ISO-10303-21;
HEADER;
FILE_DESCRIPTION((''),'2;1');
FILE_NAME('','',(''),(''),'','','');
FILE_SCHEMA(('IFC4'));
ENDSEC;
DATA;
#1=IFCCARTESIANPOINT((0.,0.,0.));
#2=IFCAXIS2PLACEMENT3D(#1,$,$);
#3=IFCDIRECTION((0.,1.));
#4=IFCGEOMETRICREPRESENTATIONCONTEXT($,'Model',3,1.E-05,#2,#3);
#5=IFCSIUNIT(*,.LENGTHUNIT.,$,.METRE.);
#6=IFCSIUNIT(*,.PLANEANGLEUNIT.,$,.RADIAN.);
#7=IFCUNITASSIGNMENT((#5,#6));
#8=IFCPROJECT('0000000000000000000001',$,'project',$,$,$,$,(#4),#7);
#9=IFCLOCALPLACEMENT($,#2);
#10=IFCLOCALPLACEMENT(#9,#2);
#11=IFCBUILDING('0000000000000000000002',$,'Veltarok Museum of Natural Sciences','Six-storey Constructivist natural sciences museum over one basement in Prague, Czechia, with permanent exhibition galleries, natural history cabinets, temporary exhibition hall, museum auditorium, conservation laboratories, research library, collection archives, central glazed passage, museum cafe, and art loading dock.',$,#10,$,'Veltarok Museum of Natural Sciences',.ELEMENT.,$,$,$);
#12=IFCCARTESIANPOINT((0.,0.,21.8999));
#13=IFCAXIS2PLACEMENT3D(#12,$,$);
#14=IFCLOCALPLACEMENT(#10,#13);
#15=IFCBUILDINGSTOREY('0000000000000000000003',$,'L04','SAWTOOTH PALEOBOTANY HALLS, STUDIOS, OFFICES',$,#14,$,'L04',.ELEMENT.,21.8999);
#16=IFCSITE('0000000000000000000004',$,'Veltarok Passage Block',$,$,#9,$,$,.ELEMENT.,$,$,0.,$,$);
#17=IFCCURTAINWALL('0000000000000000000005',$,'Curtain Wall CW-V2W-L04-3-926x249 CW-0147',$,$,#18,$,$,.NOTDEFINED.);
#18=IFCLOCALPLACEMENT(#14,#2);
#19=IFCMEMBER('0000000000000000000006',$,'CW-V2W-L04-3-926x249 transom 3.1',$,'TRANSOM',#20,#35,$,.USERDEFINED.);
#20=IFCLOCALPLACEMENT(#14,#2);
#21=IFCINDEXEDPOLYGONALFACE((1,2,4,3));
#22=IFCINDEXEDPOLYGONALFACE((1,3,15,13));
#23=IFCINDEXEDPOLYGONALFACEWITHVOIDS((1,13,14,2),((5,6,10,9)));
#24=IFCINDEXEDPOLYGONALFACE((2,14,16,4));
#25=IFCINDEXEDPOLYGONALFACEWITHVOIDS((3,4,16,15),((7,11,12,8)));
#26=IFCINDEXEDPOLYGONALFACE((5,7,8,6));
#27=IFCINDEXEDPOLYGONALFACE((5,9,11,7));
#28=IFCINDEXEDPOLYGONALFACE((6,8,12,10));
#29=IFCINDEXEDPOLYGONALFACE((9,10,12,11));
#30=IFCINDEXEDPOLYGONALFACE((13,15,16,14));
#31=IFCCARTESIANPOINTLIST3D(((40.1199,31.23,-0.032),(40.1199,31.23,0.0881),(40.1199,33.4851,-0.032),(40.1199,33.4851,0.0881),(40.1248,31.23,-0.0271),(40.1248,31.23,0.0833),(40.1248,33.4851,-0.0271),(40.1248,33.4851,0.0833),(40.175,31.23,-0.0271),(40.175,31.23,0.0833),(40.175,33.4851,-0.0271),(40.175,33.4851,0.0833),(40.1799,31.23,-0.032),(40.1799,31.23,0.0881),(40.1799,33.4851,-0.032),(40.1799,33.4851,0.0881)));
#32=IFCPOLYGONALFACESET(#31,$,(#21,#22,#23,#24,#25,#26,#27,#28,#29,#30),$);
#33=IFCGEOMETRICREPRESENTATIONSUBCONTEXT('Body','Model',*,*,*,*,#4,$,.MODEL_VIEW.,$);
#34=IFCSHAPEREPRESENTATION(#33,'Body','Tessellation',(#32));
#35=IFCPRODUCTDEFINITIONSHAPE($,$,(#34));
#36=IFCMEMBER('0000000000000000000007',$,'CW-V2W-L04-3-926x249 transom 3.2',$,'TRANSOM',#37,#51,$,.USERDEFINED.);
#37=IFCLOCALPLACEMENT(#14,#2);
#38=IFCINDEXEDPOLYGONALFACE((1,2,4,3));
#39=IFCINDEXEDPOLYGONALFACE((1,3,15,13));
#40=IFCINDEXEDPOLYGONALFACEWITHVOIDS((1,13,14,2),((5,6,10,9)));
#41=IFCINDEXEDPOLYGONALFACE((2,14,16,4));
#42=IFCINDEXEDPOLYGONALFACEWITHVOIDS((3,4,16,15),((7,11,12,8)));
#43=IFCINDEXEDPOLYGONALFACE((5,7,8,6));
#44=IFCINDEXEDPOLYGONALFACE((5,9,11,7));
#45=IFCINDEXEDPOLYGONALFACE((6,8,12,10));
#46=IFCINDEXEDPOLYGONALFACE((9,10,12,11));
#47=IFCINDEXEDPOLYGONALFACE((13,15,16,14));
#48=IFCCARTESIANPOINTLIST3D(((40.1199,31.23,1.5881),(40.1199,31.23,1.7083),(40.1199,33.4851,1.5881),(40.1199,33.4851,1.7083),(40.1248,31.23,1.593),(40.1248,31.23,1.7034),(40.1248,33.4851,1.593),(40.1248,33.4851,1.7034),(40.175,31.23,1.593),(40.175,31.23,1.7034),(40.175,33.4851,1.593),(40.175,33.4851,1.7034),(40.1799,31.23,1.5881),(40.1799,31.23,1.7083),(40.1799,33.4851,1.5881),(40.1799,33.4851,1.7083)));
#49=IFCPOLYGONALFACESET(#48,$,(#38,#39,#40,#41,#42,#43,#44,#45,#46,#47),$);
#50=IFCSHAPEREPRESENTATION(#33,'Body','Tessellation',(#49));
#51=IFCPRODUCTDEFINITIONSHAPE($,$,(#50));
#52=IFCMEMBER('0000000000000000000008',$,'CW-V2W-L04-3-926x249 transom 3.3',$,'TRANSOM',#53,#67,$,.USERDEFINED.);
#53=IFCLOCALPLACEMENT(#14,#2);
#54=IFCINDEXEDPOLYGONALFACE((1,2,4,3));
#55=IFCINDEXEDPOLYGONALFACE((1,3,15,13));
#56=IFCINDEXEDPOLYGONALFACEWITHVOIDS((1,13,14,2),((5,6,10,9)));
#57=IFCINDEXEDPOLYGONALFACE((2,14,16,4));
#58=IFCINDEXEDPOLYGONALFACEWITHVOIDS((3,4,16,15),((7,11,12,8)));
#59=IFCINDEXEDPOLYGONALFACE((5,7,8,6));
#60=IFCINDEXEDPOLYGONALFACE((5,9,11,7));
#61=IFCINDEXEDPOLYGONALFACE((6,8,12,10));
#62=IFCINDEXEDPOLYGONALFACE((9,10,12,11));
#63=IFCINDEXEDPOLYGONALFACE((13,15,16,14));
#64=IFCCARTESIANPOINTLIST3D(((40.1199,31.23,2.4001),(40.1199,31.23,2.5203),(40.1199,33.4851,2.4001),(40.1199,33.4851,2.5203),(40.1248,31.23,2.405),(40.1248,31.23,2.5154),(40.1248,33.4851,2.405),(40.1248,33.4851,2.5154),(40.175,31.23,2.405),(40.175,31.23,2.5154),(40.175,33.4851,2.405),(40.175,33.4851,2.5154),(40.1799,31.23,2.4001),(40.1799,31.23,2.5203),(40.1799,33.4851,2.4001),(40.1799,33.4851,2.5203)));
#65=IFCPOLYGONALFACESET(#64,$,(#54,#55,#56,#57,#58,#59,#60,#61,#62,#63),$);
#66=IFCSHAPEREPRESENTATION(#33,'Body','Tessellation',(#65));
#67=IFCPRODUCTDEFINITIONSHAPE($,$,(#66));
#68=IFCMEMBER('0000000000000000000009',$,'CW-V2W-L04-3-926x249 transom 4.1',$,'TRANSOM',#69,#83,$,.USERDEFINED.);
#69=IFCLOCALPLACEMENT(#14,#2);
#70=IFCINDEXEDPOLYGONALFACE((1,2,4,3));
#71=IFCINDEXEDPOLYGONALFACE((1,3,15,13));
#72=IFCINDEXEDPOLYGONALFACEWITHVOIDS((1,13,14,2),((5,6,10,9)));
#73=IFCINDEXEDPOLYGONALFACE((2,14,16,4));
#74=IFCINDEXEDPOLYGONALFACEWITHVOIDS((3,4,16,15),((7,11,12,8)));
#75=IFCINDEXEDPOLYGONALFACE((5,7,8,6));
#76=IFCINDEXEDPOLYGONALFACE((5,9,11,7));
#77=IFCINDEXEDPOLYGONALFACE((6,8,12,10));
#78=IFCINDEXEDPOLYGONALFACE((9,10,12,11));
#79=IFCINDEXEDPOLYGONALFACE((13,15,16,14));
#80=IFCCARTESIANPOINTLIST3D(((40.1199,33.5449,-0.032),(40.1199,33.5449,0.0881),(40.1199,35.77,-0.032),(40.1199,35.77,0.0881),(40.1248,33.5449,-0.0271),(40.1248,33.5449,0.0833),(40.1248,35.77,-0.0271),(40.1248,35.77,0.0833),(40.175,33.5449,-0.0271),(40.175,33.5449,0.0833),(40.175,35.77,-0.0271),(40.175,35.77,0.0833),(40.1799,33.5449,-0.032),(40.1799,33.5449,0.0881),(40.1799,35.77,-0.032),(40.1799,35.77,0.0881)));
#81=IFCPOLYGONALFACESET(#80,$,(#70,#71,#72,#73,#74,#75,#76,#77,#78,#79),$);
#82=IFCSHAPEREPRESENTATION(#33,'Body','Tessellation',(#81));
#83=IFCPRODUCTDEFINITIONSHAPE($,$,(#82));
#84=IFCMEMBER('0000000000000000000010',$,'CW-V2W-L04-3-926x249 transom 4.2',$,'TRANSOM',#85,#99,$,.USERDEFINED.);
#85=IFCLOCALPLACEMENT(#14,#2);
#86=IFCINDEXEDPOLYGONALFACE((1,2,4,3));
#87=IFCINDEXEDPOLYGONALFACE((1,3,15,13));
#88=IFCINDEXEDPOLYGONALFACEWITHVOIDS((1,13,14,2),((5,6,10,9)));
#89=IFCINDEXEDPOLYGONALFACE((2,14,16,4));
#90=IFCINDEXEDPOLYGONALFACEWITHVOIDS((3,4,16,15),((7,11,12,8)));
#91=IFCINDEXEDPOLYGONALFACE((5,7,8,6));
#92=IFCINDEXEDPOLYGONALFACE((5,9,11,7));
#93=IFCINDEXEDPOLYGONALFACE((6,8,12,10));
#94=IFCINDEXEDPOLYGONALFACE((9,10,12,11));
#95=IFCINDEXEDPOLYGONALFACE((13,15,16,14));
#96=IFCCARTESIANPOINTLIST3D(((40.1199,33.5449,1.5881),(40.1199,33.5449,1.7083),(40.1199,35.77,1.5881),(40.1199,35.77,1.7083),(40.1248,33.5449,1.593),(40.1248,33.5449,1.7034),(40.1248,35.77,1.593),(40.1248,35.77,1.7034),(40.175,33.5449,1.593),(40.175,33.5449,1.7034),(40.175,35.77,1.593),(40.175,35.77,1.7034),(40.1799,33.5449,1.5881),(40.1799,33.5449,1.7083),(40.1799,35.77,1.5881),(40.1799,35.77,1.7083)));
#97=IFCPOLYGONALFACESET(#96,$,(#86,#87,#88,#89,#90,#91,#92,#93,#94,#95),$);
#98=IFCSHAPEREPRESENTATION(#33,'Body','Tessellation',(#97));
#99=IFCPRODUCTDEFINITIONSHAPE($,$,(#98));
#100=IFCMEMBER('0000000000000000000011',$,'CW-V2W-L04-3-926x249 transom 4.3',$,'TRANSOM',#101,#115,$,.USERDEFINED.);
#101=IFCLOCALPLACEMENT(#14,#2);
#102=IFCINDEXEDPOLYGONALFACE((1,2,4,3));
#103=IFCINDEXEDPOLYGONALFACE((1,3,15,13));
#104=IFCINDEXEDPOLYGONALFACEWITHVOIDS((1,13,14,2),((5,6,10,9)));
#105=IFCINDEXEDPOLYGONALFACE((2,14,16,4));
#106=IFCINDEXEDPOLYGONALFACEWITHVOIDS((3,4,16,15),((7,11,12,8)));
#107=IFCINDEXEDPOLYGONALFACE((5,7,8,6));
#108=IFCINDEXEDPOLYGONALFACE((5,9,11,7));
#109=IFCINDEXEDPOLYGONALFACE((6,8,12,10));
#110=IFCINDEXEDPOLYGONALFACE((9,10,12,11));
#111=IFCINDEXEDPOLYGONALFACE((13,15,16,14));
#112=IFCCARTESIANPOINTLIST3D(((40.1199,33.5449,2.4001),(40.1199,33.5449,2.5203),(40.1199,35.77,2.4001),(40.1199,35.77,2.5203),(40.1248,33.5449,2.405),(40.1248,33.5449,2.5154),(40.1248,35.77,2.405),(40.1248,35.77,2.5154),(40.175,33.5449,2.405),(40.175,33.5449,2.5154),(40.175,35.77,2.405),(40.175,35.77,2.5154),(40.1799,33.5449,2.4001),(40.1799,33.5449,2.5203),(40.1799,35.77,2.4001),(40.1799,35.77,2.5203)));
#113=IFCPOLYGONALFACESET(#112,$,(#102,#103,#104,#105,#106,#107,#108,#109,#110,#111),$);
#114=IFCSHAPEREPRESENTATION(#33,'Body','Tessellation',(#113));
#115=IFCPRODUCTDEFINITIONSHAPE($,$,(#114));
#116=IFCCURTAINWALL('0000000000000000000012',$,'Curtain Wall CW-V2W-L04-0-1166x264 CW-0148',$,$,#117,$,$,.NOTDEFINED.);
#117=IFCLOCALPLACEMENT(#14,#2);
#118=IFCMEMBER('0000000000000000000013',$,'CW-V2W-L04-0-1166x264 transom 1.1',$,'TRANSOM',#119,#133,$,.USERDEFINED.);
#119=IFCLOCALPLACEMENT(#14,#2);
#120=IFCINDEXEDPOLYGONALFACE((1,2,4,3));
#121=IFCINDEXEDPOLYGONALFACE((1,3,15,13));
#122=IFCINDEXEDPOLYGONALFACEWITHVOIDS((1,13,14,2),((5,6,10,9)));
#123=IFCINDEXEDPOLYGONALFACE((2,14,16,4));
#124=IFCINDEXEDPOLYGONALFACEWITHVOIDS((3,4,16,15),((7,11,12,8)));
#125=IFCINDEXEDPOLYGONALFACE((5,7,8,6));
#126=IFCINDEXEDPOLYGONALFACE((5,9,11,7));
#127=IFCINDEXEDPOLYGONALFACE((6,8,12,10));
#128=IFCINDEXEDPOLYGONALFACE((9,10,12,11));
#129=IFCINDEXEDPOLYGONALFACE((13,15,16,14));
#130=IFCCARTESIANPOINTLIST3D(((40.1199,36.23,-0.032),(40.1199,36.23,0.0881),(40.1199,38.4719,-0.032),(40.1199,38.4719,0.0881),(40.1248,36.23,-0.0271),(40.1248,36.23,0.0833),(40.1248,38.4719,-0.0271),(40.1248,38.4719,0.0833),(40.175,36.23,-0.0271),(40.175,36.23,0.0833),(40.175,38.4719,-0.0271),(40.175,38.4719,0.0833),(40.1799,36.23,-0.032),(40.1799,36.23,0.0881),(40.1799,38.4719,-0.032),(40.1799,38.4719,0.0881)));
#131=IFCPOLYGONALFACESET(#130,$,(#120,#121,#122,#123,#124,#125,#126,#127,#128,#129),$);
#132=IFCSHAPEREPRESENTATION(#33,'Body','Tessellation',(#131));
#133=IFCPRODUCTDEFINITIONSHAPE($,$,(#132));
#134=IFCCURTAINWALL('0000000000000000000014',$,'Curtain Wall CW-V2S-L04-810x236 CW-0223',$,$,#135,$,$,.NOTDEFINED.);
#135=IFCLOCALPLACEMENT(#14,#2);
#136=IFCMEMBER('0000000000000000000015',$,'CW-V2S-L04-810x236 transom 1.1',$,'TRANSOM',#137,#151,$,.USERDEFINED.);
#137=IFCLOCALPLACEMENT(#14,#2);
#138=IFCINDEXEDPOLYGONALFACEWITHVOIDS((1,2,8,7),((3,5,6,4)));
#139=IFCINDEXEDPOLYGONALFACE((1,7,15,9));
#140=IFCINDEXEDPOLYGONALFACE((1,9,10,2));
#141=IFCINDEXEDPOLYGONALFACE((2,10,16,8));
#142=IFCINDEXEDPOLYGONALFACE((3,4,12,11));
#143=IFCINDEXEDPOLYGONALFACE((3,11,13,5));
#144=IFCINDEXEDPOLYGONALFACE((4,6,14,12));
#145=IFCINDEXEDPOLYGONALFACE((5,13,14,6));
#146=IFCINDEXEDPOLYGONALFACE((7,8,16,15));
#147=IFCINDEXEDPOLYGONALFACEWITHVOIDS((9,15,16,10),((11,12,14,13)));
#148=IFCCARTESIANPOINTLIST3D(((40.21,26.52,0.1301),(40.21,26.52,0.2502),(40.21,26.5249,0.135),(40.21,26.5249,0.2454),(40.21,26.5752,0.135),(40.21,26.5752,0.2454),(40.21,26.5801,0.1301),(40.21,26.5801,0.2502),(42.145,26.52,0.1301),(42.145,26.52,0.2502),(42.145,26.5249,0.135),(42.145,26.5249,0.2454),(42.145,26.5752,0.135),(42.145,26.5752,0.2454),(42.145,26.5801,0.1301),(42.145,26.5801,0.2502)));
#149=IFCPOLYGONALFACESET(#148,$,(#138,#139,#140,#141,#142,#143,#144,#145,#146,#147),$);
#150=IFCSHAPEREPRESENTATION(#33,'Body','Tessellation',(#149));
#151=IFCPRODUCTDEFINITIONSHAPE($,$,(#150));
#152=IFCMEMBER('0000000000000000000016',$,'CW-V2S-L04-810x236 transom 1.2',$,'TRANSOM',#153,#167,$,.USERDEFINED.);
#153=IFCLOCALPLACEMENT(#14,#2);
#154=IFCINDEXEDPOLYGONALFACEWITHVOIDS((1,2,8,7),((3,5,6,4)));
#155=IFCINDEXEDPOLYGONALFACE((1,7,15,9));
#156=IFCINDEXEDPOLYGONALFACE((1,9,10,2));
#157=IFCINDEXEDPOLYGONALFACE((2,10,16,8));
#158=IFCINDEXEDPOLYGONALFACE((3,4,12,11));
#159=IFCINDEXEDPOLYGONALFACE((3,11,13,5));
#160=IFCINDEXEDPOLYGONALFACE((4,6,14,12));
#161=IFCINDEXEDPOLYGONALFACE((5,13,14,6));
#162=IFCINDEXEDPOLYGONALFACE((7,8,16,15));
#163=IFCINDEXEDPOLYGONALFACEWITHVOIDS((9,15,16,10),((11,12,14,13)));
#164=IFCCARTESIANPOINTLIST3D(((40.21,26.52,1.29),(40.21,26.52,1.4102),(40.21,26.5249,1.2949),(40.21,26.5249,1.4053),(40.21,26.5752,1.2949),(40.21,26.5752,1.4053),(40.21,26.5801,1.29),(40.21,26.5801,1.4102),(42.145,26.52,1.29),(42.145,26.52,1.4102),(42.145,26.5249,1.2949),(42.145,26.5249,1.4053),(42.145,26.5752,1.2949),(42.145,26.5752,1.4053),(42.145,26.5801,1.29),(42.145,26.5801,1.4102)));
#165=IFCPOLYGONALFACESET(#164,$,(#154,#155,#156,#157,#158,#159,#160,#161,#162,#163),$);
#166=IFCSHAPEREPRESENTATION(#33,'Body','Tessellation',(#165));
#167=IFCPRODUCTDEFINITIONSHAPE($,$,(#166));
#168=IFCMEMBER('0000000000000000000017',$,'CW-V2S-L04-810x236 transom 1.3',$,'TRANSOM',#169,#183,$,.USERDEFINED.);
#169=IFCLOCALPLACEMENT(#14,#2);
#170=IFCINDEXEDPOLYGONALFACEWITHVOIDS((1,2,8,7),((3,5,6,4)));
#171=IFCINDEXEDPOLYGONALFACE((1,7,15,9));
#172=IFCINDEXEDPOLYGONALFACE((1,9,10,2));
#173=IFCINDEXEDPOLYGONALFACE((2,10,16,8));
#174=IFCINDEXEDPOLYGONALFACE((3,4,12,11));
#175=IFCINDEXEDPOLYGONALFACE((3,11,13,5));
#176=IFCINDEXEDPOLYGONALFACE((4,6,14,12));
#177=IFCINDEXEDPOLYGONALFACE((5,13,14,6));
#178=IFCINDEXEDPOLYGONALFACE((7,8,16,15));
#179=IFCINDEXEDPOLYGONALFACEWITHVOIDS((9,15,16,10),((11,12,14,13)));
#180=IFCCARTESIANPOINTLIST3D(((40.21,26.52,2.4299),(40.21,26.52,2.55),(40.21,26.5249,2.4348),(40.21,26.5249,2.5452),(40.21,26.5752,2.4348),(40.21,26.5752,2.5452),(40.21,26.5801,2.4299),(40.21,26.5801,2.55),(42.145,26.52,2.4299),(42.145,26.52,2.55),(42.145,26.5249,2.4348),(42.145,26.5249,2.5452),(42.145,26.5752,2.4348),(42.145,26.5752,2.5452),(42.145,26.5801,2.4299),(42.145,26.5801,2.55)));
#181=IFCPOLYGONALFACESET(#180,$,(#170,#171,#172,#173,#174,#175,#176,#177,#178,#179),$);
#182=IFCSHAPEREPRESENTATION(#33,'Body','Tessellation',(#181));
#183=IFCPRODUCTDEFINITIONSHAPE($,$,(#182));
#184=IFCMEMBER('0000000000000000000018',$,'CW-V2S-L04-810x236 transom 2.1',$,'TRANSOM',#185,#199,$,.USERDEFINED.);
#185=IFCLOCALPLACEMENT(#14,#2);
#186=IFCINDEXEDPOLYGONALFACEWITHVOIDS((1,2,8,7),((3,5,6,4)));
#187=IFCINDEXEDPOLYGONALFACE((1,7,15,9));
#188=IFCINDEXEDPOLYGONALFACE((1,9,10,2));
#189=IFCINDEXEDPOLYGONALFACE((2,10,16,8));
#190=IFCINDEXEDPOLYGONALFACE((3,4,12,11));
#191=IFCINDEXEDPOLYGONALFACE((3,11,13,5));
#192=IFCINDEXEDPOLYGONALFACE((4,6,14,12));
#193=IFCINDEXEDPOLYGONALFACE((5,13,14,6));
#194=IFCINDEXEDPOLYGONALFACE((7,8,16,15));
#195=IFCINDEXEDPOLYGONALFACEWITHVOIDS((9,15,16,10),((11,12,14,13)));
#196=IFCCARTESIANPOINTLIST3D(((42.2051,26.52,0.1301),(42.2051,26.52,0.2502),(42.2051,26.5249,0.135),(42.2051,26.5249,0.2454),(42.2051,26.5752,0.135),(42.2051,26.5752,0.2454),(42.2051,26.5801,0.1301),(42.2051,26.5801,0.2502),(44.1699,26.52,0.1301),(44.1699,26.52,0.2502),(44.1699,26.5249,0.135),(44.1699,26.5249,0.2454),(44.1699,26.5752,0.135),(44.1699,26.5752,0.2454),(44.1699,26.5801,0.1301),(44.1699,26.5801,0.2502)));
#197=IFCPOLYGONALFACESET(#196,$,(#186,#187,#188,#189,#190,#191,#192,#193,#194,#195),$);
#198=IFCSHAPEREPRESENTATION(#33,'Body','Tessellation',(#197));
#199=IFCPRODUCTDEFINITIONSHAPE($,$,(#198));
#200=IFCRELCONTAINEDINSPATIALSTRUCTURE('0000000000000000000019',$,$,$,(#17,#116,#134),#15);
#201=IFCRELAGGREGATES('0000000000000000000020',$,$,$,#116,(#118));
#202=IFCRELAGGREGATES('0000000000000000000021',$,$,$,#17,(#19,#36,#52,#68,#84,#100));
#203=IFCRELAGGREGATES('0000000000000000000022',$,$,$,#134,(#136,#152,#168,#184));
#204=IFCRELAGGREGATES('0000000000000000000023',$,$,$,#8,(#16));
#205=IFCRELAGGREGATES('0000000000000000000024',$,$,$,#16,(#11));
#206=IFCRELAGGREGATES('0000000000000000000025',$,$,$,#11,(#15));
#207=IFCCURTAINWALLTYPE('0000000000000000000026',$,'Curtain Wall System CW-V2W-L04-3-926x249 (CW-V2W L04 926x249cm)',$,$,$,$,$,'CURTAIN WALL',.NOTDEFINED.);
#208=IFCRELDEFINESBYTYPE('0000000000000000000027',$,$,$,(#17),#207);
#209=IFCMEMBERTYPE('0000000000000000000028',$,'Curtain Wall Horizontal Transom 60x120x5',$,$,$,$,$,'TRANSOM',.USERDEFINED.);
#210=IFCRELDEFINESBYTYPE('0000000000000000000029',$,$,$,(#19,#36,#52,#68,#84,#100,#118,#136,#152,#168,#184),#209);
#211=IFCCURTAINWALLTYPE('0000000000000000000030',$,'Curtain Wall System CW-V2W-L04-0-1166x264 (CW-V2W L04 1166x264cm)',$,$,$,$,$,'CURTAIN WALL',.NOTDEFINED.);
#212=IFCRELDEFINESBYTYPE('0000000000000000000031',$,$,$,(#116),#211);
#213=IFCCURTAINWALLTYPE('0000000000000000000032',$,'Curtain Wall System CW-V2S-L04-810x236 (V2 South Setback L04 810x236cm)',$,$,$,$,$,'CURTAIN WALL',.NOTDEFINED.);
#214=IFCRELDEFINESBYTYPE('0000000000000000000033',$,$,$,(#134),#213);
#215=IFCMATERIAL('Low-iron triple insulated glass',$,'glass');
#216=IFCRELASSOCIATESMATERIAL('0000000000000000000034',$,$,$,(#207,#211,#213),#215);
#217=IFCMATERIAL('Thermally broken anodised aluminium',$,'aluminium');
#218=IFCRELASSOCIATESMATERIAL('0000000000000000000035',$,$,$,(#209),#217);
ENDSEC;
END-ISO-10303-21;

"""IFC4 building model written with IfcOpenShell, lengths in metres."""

from ifc_helpers import new_model, si_unit, direction, frame, origin, origin_2d, place, context, subcontext, project, spatial, hollow_rectangle, extrude, material, material_profile, profile_set, type_object, element, aggregate, save


model = new_model("IFC4")

# Units and contexts
model_context = context("Model", 3, precision=1e-05, world=origin(), true_north=direction((0.0, 1.0)))
body_context = subcontext(model_context, "Body", "Model", "MODEL_VIEW")
ifc_project = project(units=[si_unit("LENGTHUNIT", "METRE"), si_unit("PLANEANGLEUNIT", "RADIAN")], contexts=[model_context])

# Site, building, storey
site_placement = place(None, origin())
site = spatial("IfcSite", under=ifc_project, at=site_placement, Name="Veltarok Passage Block", CompositionType="ELEMENT", RefElevation=0.0)
building_placement = place(site_placement, origin())
building = spatial("IfcBuilding", under=site, at=building_placement, Name="Veltarok Museum of Natural Sciences", Description="Six-storey Constructivist natural sciences museum over one basement in Prague, Czechia, with permanent exhibition galleries, natural history cabinets, temporary exhibition hall, museum auditorium, conservation laboratories, research library, collection archives, central glazed passage, museum cafe, and art loading dock.", LongName="Veltarok Museum of Natural Sciences", CompositionType="ELEMENT")
storey_placement = place(building_placement, frame((0.0, 0.0, 21.8999)))
storey = spatial("IfcBuildingStorey", under=building, at=storey_placement, Name="L04", Description="SAWTOOTH PALEOBOTANY HALLS, STUDIOS, OFFICES", LongName="L04", CompositionType="ELEMENT", Elevation=21.8999)

# Curtain wall, members
ifc_material_1 = material(Name="Low-iron triple insulated glass", Category="glass")
curtain_wall_type_1 = type_object("IfcCurtainWallType", Name="Curtain Wall System CW-V2W-L04-3-926x249 (CW-V2W L04 926x249cm)", ElementType="CURTAIN WALL", PredefinedType="NOTDEFINED", material=ifc_material_1)
curtain_wall_1_placement = place(storey_placement, origin())
curtain_wall_1 = element("IfcCurtainWall", 1, at=curtain_wall_1_placement, inside=storey, type_object=curtain_wall_type_1, Name="Curtain Wall CW-V2W-L04-3-926x249 CW-0147", PredefinedType="NOTDEFINED")
ifc_material_2 = material(Name="Thermally broken anodised aluminium", Category="aluminium")
ifc_material_profile_1 = material_profile(ifc_material_2, hollow_rectangle(XDim=0.0601, YDim=0.1201, WallThickness=0.0049, at=origin_2d()), Name="CW TRANSOM 60x120x5")
ifc_profile_set_1 = profile_set([ifc_material_profile_1], Name="Thermally broken anodised aluminium")
member_type_1 = type_object("IfcMemberType", Name="Curtain Wall Horizontal Transom 60x120x5", ElementType="TRANSOM", PredefinedType="USERDEFINED", material=ifc_profile_set_1)
member_1_placement = place(storey_placement, frame((40.1499, 31.23, 0.0281), z_axis=(0.0, 1.0, 0.0), x_axis=(-1.0, 0.0, 0.0)))
member_1 = element("IfcMember", 2, at=member_1_placement, type_object=member_type_1, Name="CW-V2W-L04-3-926x249 transom 3.1", ObjectType="TRANSOM", PredefinedType="USERDEFINED", context=body_context, shape_type="SweptSolid", body=[
    extrude(hollow_rectangle(XDim=0.0601, YDim=0.1201, WallThickness=0.0049, at=origin_2d()), origin(), (0.0, 0.0, 1.0), 2.2551),
])
member_2_placement = place(storey_placement, frame((40.1499, 31.23, 1.6482), z_axis=(0.0, 1.0, 0.0), x_axis=(-1.0, 0.0, 0.0)))
member_2 = element("IfcMember", 3, at=member_2_placement, type_object=member_type_1, Name="CW-V2W-L04-3-926x249 transom 3.2", ObjectType="TRANSOM", PredefinedType="USERDEFINED", context=body_context, shape_type="SweptSolid", body=[
    extrude(hollow_rectangle(XDim=0.0601, YDim=0.1201, WallThickness=0.0049, at=origin_2d()), origin(), (0.0, 0.0, 1.0), 2.2551),
])
member_3_placement = place(storey_placement, frame((40.1499, 31.23, 2.4602), z_axis=(0.0, 1.0, 0.0), x_axis=(-1.0, 0.0, 0.0)))
member_3 = element("IfcMember", 4, at=member_3_placement, type_object=member_type_1, Name="CW-V2W-L04-3-926x249 transom 3.3", ObjectType="TRANSOM", PredefinedType="USERDEFINED", context=body_context, shape_type="SweptSolid", body=[
    extrude(hollow_rectangle(XDim=0.0601, YDim=0.1201, WallThickness=0.0049, at=origin_2d()), origin(), (0.0, 0.0, 1.0), 2.2551),
])
member_4_placement = place(storey_placement, frame((40.1499, 33.5449, 0.0281), z_axis=(0.0, 1.0, 0.0), x_axis=(-1.0, 0.0, 0.0)))
member_4 = element("IfcMember", 5, at=member_4_placement, type_object=member_type_1, Name="CW-V2W-L04-3-926x249 transom 4.1", ObjectType="TRANSOM", PredefinedType="USERDEFINED", context=body_context, shape_type="SweptSolid", body=[
    extrude(hollow_rectangle(XDim=0.0601, YDim=0.1201, WallThickness=0.0049, at=origin_2d()), origin(), (0.0, 0.0, 1.0), 2.2251),
])
member_5_placement = place(storey_placement, frame((40.1499, 33.5449, 1.6482), z_axis=(0.0, 1.0, 0.0), x_axis=(-1.0, 0.0, 0.0)))
member_5 = element("IfcMember", 6, at=member_5_placement, type_object=member_type_1, Name="CW-V2W-L04-3-926x249 transom 4.2", ObjectType="TRANSOM", PredefinedType="USERDEFINED", context=body_context, shape_type="SweptSolid", body=[
    extrude(hollow_rectangle(XDim=0.0601, YDim=0.1201, WallThickness=0.0049, at=origin_2d()), origin(), (0.0, 0.0, 1.0), 2.2251),
])
member_6_placement = place(storey_placement, frame((40.1499, 33.5449, 2.4602), z_axis=(0.0, 1.0, 0.0), x_axis=(-1.0, 0.0, 0.0)))
member_6 = element("IfcMember", 7, at=member_6_placement, type_object=member_type_1, Name="CW-V2W-L04-3-926x249 transom 4.3", ObjectType="TRANSOM", PredefinedType="USERDEFINED", context=body_context, shape_type="SweptSolid", body=[
    extrude(hollow_rectangle(XDim=0.0601, YDim=0.1201, WallThickness=0.0049, at=origin_2d()), origin(), (0.0, 0.0, 1.0), 2.2251),
])

# Curtain wall, member
curtain_wall_type_2 = type_object("IfcCurtainWallType", Name="Curtain Wall System CW-V2W-L04-0-1166x264 (CW-V2W L04 1166x264cm)", ElementType="CURTAIN WALL", PredefinedType="NOTDEFINED", material=ifc_material_1)
curtain_wall_2_placement = place(storey_placement, origin())
curtain_wall_2 = element("IfcCurtainWall", 8, at=curtain_wall_2_placement, inside=storey, type_object=curtain_wall_type_2, Name="Curtain Wall CW-V2W-L04-0-1166x264 CW-0148", PredefinedType="NOTDEFINED")
member_7_placement = place(storey_placement, frame((40.1499, 36.23, 0.0281), z_axis=(0.0, 1.0, 0.0), x_axis=(-1.0, 0.0, 0.0)))
member_7 = element("IfcMember", 9, at=member_7_placement, type_object=member_type_1, Name="CW-V2W-L04-0-1166x264 transom 1.1", ObjectType="TRANSOM", PredefinedType="USERDEFINED", context=body_context, shape_type="SweptSolid", body=[
    extrude(hollow_rectangle(XDim=0.0601, YDim=0.1201, WallThickness=0.0049, at=origin_2d()), origin(), (0.0, 0.0, 1.0), 2.2419),
])

# Curtain wall, members
curtain_wall_type_3 = type_object("IfcCurtainWallType", Name="Curtain Wall System CW-V2S-L04-810x236 (V2 South Setback L04 810x236cm)", ElementType="CURTAIN WALL", PredefinedType="NOTDEFINED", material=ifc_material_1)
curtain_wall_3_placement = place(storey_placement, origin())
curtain_wall_3 = element("IfcCurtainWall", 10, at=curtain_wall_3_placement, inside=storey, type_object=curtain_wall_type_3, Name="Curtain Wall CW-V2S-L04-810x236 CW-0223", PredefinedType="NOTDEFINED")
member_8_placement = place(storey_placement, frame((40.21, 26.55, 0.1902), z_axis=(1.0, 0.0, 0.0), x_axis=(0.0, 1.0, 0.0)))
member_8 = element("IfcMember", 11, at=member_8_placement, type_object=member_type_1, Name="CW-V2S-L04-810x236 transom 1.1", ObjectType="TRANSOM", PredefinedType="USERDEFINED", context=body_context, shape_type="SweptSolid", body=[
    extrude(hollow_rectangle(XDim=0.0601, YDim=0.1201, WallThickness=0.0049, at=origin_2d()), origin(), (0.0, 0.0, 1.0), 1.9351),
])
member_9_placement = place(storey_placement, frame((40.21, 26.55, 1.3501), z_axis=(1.0, 0.0, 0.0), x_axis=(0.0, 1.0, 0.0)))
member_9 = element("IfcMember", 12, at=member_9_placement, type_object=member_type_1, Name="CW-V2S-L04-810x236 transom 1.2", ObjectType="TRANSOM", PredefinedType="USERDEFINED", context=body_context, shape_type="SweptSolid", body=[
    extrude(hollow_rectangle(XDim=0.0601, YDim=0.1201, WallThickness=0.0049, at=origin_2d()), origin(), (0.0, 0.0, 1.0), 1.9351),
])
member_10_placement = place(storey_placement, frame((40.21, 26.55, 2.49), z_axis=(1.0, 0.0, 0.0), x_axis=(0.0, 1.0, 0.0)))
member_10 = element("IfcMember", 13, at=member_10_placement, type_object=member_type_1, Name="CW-V2S-L04-810x236 transom 1.3", ObjectType="TRANSOM", PredefinedType="USERDEFINED", context=body_context, shape_type="SweptSolid", body=[
    extrude(hollow_rectangle(XDim=0.0601, YDim=0.1201, WallThickness=0.0049, at=origin_2d()), origin(), (0.0, 0.0, 1.0), 1.9351),
])
member_11_placement = place(storey_placement, frame((42.2051, 26.55, 0.1902), z_axis=(1.0, 0.0, 0.0), x_axis=(0.0, 1.0, 0.0)))
member_11 = element("IfcMember", 14, at=member_11_placement, type_object=member_type_1, Name="CW-V2S-L04-810x236 transom 2.1", ObjectType="TRANSOM", PredefinedType="USERDEFINED", context=body_context, shape_type="SweptSolid", body=[
    extrude(hollow_rectangle(XDim=0.0601, YDim=0.1201, WallThickness=0.0049, at=origin_2d()), origin(), (0.0, 0.0, 1.0), 1.9648),
])

aggregate(curtain_wall_2, [member_7])

aggregate(curtain_wall_1, [member_1, member_2, member_3, member_4, member_5, member_6])
aggregate(curtain_wall_3, [member_8, member_9, member_10, member_11])

save(model, "model.ifc")
